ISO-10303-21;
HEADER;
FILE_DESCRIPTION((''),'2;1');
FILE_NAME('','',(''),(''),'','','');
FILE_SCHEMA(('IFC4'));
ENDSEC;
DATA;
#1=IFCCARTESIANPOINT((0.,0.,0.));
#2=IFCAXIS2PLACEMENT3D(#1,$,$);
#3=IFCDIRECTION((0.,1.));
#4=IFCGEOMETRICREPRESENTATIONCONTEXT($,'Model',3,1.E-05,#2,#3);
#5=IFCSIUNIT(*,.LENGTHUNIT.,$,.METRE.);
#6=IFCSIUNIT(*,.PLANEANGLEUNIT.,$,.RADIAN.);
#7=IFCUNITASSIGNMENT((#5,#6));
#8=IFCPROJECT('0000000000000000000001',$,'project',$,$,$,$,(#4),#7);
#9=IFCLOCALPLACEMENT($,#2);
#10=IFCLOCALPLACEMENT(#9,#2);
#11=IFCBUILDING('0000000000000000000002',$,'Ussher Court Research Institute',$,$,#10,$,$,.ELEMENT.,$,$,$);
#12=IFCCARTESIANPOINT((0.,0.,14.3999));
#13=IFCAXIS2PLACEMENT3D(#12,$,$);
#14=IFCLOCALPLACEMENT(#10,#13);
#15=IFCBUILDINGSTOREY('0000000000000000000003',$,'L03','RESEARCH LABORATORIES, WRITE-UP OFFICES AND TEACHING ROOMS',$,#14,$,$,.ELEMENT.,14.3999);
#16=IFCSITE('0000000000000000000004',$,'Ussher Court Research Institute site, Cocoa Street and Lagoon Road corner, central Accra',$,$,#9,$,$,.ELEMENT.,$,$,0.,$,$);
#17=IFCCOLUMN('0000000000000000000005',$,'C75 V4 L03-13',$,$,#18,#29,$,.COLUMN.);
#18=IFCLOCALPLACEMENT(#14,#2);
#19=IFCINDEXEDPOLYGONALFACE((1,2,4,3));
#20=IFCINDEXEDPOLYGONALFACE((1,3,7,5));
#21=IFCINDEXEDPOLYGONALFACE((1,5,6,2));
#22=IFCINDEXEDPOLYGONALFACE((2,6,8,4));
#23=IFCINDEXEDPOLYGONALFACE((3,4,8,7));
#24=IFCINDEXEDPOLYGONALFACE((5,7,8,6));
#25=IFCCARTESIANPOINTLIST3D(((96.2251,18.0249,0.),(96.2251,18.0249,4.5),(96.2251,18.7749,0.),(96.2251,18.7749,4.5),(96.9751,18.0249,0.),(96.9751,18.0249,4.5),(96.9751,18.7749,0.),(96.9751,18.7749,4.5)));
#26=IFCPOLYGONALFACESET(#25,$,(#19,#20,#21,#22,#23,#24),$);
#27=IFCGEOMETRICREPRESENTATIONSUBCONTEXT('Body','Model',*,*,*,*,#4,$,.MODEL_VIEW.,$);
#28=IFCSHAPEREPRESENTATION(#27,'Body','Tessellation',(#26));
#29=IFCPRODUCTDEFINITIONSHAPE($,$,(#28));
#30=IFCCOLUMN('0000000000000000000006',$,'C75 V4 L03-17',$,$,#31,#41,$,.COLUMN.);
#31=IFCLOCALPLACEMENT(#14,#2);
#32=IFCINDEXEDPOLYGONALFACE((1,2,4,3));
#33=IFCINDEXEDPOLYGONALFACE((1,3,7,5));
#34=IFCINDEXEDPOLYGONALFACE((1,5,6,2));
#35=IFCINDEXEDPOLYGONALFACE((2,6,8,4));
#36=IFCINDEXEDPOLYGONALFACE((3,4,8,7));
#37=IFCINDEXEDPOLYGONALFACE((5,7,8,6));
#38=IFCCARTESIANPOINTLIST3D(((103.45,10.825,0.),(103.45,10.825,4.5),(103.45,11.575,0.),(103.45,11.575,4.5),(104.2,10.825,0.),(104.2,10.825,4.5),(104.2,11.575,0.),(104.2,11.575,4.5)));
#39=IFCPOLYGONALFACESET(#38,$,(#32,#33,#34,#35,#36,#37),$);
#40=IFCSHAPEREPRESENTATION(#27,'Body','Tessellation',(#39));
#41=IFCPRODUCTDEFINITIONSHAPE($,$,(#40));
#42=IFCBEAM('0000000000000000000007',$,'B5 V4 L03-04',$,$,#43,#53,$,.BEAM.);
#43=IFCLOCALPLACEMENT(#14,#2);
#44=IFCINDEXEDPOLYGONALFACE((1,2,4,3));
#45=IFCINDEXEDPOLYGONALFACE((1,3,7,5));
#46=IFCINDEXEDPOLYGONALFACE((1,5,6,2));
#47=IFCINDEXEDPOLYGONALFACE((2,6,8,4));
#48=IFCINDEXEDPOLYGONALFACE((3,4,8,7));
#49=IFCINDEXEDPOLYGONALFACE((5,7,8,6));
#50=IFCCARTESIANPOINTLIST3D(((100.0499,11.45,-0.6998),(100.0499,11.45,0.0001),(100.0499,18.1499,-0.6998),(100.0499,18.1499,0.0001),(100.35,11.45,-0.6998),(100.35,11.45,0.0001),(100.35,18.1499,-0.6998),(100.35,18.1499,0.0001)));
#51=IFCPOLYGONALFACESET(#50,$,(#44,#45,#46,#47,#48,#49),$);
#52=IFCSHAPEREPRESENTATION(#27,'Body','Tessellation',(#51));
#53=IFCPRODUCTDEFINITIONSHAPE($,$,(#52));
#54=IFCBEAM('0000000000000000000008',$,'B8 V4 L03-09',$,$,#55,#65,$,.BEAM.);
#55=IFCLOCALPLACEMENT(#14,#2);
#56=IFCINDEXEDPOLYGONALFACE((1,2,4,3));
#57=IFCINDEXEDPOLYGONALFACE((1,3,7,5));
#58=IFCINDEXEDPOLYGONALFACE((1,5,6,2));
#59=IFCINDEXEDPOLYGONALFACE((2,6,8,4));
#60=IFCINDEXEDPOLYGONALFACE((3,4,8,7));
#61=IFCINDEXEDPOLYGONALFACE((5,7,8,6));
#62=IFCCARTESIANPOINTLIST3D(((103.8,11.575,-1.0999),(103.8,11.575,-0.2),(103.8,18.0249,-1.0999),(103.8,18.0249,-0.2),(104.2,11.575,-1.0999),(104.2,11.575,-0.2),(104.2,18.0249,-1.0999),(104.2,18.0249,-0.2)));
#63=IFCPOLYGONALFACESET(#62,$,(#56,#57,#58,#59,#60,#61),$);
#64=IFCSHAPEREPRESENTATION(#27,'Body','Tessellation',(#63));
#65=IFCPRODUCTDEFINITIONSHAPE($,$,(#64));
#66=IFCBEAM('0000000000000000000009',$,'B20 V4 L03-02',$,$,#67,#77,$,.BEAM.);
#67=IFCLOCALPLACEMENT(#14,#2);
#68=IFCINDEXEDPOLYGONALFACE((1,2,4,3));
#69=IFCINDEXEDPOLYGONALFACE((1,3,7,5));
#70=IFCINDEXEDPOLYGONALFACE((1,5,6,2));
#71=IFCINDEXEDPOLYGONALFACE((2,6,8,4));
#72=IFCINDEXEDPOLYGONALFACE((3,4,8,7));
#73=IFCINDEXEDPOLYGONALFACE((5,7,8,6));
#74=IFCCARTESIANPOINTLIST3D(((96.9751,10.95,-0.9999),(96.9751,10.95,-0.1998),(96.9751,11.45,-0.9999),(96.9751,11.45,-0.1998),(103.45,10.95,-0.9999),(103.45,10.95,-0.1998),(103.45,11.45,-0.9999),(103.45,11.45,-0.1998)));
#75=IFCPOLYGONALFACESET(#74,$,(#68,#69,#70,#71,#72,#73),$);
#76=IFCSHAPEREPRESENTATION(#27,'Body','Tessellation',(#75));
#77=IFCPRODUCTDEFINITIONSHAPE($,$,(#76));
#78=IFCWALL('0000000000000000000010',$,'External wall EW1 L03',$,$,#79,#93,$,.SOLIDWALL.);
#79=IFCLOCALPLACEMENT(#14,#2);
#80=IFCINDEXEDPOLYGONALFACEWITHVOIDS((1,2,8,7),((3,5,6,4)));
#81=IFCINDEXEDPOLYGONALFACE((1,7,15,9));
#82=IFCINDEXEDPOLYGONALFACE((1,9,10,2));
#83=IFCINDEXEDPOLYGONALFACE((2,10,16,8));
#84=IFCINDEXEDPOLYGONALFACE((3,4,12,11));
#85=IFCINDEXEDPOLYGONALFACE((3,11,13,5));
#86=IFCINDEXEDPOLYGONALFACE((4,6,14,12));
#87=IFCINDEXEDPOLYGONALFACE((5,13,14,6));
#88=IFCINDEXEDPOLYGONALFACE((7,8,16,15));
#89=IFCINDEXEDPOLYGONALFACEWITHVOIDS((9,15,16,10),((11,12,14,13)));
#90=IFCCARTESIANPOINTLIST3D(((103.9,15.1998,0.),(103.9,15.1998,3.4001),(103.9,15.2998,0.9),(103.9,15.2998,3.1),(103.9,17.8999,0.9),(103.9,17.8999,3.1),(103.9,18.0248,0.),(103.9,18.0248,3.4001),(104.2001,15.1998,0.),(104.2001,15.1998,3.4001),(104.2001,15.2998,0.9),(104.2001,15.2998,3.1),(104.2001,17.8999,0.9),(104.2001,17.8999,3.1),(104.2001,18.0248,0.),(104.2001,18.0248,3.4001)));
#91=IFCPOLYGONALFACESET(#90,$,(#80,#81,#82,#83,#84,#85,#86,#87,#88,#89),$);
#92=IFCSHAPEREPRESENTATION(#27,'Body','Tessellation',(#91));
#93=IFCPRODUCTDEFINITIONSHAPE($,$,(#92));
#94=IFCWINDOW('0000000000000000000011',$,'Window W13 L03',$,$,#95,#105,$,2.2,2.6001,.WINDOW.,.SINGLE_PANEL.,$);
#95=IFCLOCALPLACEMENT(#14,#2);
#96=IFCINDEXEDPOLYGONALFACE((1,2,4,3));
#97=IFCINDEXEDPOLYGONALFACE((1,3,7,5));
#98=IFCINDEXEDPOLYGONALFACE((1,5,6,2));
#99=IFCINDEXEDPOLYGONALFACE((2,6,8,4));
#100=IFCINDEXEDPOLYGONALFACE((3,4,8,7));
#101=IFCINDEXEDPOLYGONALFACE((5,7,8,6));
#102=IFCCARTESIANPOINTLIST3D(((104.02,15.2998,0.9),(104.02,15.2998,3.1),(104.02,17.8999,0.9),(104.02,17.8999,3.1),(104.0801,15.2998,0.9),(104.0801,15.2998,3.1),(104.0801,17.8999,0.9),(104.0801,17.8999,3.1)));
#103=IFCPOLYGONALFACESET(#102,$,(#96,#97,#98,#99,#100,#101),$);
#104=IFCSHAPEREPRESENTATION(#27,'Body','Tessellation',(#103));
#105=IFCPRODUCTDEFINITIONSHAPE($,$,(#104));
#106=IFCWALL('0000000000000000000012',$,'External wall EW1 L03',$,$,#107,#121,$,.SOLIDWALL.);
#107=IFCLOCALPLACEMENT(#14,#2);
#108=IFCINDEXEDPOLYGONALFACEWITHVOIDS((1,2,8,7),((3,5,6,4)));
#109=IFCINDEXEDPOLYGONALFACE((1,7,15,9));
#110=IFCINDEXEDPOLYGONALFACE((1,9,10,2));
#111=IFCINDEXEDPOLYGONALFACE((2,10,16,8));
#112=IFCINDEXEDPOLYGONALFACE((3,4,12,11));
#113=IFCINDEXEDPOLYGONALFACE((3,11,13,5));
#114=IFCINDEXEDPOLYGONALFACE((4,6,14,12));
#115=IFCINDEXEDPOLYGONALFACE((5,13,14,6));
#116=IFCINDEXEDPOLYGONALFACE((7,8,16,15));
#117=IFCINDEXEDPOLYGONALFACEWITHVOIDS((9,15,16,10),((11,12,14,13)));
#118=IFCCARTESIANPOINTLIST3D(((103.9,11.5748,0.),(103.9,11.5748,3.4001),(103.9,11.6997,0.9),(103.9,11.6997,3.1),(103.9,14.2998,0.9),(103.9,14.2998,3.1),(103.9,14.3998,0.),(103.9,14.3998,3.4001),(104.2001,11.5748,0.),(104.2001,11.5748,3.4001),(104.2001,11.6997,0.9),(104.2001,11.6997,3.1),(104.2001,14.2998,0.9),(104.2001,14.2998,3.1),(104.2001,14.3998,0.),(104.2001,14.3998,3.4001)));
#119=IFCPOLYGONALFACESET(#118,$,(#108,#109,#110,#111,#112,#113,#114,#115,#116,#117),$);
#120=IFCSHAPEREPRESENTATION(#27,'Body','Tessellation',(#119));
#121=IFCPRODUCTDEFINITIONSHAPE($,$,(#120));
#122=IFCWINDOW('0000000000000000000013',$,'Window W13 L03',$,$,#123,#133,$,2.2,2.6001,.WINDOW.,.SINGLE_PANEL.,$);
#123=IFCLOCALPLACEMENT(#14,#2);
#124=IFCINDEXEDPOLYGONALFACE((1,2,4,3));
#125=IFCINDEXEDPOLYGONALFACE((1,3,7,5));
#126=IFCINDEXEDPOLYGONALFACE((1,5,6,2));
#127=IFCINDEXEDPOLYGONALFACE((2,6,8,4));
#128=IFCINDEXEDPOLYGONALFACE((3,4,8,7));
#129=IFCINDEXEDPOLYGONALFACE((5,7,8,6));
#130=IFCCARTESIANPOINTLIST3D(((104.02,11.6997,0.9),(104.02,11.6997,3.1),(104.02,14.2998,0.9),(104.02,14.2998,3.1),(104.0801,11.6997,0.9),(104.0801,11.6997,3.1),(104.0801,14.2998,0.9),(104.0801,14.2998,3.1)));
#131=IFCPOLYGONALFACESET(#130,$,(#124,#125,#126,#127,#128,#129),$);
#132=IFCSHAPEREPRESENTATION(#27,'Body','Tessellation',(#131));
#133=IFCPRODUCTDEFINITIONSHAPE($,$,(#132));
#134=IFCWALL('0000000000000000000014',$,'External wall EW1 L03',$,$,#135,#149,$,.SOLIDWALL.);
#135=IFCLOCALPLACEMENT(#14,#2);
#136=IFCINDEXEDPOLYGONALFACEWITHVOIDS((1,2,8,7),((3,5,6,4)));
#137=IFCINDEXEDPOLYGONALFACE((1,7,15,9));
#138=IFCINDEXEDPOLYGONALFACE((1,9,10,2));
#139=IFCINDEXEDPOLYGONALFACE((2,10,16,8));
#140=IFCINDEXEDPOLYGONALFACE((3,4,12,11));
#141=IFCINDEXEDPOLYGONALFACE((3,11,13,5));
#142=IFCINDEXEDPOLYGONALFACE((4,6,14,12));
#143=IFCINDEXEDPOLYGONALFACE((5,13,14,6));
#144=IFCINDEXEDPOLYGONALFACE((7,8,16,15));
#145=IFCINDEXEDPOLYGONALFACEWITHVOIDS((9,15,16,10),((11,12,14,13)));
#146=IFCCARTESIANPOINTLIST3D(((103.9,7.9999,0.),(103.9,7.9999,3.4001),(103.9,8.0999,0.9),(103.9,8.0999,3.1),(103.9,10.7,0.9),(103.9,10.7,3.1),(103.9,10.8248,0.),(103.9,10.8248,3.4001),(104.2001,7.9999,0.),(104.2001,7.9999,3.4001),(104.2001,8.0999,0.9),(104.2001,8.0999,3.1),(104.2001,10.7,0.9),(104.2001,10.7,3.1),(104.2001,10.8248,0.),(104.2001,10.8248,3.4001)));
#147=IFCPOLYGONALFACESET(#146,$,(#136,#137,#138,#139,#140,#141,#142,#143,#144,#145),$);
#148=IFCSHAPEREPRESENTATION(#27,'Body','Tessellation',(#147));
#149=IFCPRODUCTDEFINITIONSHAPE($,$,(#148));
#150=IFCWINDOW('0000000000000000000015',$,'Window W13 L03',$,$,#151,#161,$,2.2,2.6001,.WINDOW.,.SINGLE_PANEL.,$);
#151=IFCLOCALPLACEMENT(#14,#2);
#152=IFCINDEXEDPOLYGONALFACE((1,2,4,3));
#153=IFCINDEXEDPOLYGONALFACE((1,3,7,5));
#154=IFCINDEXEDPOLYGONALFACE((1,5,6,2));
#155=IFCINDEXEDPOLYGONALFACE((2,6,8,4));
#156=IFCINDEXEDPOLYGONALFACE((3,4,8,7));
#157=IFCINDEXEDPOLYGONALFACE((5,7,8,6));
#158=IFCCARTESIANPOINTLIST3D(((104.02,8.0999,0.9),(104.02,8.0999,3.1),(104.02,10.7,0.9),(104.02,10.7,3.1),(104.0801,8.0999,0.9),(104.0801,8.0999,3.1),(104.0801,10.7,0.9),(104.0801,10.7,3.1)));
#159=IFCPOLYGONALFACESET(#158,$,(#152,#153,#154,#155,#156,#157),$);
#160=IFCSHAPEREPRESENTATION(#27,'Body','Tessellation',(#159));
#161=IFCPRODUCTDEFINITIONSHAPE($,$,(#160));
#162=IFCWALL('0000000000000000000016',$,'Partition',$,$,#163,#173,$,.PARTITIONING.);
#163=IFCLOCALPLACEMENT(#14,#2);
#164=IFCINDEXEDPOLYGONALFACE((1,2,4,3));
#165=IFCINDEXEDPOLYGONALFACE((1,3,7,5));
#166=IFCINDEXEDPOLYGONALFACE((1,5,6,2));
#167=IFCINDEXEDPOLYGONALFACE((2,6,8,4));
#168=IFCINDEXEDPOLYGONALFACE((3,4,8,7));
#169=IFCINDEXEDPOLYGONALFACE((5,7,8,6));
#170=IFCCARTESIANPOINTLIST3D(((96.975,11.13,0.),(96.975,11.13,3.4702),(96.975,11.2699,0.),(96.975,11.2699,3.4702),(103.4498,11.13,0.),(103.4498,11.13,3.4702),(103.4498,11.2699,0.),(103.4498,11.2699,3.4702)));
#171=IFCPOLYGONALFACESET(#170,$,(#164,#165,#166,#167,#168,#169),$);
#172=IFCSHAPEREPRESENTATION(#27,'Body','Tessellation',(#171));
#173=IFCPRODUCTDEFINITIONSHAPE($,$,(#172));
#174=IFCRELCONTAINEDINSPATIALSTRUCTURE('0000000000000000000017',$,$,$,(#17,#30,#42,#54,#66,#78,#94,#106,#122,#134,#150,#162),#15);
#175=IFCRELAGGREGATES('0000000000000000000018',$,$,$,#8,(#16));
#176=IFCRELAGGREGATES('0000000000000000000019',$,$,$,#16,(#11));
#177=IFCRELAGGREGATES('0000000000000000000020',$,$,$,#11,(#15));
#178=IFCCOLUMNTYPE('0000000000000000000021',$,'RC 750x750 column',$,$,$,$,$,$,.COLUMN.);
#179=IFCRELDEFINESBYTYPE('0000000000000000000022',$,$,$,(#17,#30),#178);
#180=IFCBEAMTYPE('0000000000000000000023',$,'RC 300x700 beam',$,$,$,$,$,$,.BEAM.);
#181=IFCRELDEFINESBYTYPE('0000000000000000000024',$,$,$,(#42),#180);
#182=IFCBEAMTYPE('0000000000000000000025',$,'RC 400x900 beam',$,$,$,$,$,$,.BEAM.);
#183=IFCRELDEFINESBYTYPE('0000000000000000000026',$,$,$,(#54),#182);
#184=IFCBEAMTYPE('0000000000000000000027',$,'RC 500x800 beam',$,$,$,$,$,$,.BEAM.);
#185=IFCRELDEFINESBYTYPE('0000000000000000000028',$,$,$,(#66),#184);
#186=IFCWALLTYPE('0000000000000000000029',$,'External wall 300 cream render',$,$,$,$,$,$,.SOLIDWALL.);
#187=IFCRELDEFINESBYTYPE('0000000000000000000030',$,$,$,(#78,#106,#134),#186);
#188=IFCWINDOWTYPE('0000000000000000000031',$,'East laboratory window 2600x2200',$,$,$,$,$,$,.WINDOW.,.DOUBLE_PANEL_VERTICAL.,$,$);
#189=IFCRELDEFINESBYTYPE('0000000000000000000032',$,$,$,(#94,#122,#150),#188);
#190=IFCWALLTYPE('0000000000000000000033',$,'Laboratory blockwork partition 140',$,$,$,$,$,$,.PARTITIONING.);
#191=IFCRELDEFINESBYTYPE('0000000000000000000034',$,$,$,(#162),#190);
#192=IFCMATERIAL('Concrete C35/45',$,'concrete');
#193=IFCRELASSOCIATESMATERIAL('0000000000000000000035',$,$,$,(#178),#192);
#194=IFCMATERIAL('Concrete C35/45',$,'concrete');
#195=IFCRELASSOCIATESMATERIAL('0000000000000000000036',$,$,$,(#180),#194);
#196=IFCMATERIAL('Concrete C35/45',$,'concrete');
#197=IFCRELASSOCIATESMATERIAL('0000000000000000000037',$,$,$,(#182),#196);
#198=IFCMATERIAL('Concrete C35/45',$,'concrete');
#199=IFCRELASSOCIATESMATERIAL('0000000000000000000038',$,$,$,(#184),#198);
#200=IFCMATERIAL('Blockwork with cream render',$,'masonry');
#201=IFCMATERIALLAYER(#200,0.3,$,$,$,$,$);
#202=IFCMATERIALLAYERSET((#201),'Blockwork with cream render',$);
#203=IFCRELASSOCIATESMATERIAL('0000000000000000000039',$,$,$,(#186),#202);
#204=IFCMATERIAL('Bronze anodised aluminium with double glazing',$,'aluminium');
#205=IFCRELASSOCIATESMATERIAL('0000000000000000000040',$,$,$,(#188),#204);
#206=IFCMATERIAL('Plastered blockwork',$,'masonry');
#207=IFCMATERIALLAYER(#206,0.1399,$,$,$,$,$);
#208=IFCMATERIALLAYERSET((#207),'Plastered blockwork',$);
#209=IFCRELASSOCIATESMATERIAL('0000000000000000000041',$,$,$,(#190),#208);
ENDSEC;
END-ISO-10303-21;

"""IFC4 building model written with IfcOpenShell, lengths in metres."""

from ifc_helpers import new_model, si_unit, direction, frame, frame_2d, origin, origin_2d, place, context, subcontext, project, spatial, rectangle, extrude, material, layer, layer_set, material_profile, profile_set, type_object, element, fill, save


model = new_model("IFC4")

# Units and contexts
model_context = context("Model", 3, precision=1e-05, world=origin(), true_north=direction((0.0, 1.0)))
body_context = subcontext(model_context, "Body", "Model", "MODEL_VIEW")
ifc_project = project(units=[si_unit("LENGTHUNIT", "METRE"), si_unit("PLANEANGLEUNIT", "RADIAN")], contexts=[model_context])

# Site, building, storey
site_placement = place(None, origin())
site = spatial("IfcSite", under=ifc_project, at=site_placement, Name="Ussher Court Research Institute site, Cocoa Street and Lagoon Road corner, central Accra", CompositionType="ELEMENT", RefElevation=0.0)
building_placement = place(site_placement, origin())
building = spatial("IfcBuilding", under=site, at=building_placement, Name="Ussher Court Research Institute", CompositionType="ELEMENT")
storey_placement = place(building_placement, frame((0.0, 0.0, 14.3999)))
storey = spatial("IfcBuildingStorey", under=building, at=storey_placement, Name="L03", Description="RESEARCH LABORATORIES, WRITE-UP OFFICES AND TEACHING ROOMS", CompositionType="ELEMENT", Elevation=14.3999)

# Columns
ifc_material_1 = material(Name="Concrete C35/45", Category="concrete")
ifc_material_profile_1 = material_profile(ifc_material_1, rectangle(XDim=0.75, YDim=0.75, at=origin_2d()), Name="RC 750x750")
ifc_profile_set_1 = profile_set([ifc_material_profile_1], Name="Concrete C35/45")
column_type = type_object("IfcColumnType", Name="RC 750x750 column", PredefinedType="COLUMN", material=ifc_profile_set_1)
for number, where, z_axis, x_axis, name in (
    (1, (96.6001, 18.3999, 0.0), (0.0, 0.0, 1.0), (1.0, 0.0, 0.0), "C75 V4 L03-13"),
    (2, (103.825, 11.2, 0.0), (0.0, 0.0, 1.0), (1.0, 0.0, 0.0), "C75 V4 L03-17"),
):
    element("IfcColumn", number, at=place(storey_placement, frame(where, z_axis=z_axis, x_axis=x_axis)), inside=storey, type_object=column_type, Name=name, PredefinedType="COLUMN", context=body_context, shape_type="SweptSolid", body=[
        extrude(rectangle(XDim=0.75, YDim=0.75, at=origin_2d()), origin(), (0.0, 0.0, 1.0), 4.5),
    ])

# Beams
ifc_material_2 = material(Name="Concrete C35/45", Category="concrete")
ifc_material_profile_2 = material_profile(ifc_material_2, rectangle(XDim=0.3, YDim=0.7, at=origin_2d()), Name="RC 300x700")
ifc_profile_set_2 = profile_set([ifc_material_profile_2], Name="Concrete C35/45")
beam_type_1 = type_object("IfcBeamType", Name="RC 300x700 beam", PredefinedType="BEAM", material=ifc_profile_set_2)
beam_1_placement = place(storey_placement, frame((100.2, 11.45, -0.3499), z_axis=(0.0, 1.0, 0.0), x_axis=(-1.0, 0.0, 0.0)))
element("IfcBeam", 3, at=beam_1_placement, inside=storey, type_object=beam_type_1, Name="B5 V4 L03-04", PredefinedType="BEAM", context=body_context, shape_type="SweptSolid", body=[
    extrude(rectangle(XDim=0.3, YDim=0.7, at=origin_2d()), origin(), (0.0, 0.0, 1.0), 6.7),
])
ifc_material_3 = material(Name="Concrete C35/45", Category="concrete")
ifc_material_profile_3 = material_profile(ifc_material_3, rectangle(XDim=0.3999, YDim=0.8999, at=origin_2d()), Name="RC 400x900")
ifc_profile_set_3 = profile_set([ifc_material_profile_3], Name="Concrete C35/45")
beam_type_2 = type_object("IfcBeamType", Name="RC 400x900 beam", PredefinedType="BEAM", material=ifc_profile_set_3)
beam_2_placement = place(storey_placement, frame((104.0, 11.575, -0.6499), z_axis=(0.0, 1.0, 0.0), x_axis=(-1.0, 0.0, 0.0)))
element("IfcBeam", 4, at=beam_2_placement, inside=storey, type_object=beam_type_2, Name="B8 V4 L03-09", PredefinedType="BEAM", context=body_context, shape_type="SweptSolid", body=[
    extrude(rectangle(XDim=0.3999, YDim=0.8999, at=origin_2d()), origin(), (0.0, 0.0, 1.0), 6.45),
])
ifc_material_4 = material(Name="Concrete C35/45", Category="concrete")
ifc_material_profile_4 = material_profile(ifc_material_4, rectangle(XDim=0.5, YDim=0.8, at=origin_2d()), Name="RC 500x800")
ifc_profile_set_4 = profile_set([ifc_material_profile_4], Name="Concrete C35/45")
beam_type_3 = type_object("IfcBeamType", Name="RC 500x800 beam", PredefinedType="BEAM", material=ifc_profile_set_4)
beam_3_placement = place(storey_placement, frame((96.9751, 11.2, -0.5999), z_axis=(1.0, 0.0, 0.0), x_axis=(0.0, 1.0, 0.0)))
element("IfcBeam", 5, at=beam_3_placement, inside=storey, type_object=beam_type_3, Name="B20 V4 L03-02", PredefinedType="BEAM", context=body_context, shape_type="SweptSolid", body=[
    extrude(rectangle(XDim=0.5, YDim=0.8, at=origin_2d()), origin(), (0.0, 0.0, 1.0), 6.4749),
])

# Walls, openings, windows
ifc_material_5 = material(Name="Blockwork with cream render", Category="masonry")
ifc_layer_1 = layer(ifc_material_5, 0.3)
ifc_layer_set_1 = layer_set([ifc_layer_1], Name="Blockwork with cream render")
wall_type_1 = type_object("IfcWallType", Name="External wall 300 cream render", PredefinedType="SOLIDWALL", material=ifc_layer_set_1)
wall_1_placement = place(storey_placement, frame((104.05, 18.0249, 0.0), z_axis=(0.0, 0.0, 1.0), x_axis=(0.0, -1.0, 0.0)))
wall_1 = element("IfcWall", 6, at=wall_1_placement, inside=storey, type_object=wall_type_1, Name="External wall EW1 L03", PredefinedType="SOLIDWALL", context=body_context, shape_type="SweptSolid", body=[
    extrude(rectangle(XDim=2.825, YDim=0.3, at=frame_2d((1.4126, 0.0))), origin(), (0.0, 0.0, 1.0), 3.4001),
])
opening_1_placement = place(wall_1_placement, frame((0.125, 0.0, 0.8999)))
opening_1 = element("IfcOpeningElement", 7, at=opening_1_placement, cuts=wall_1, PredefinedType="OPENING", context=body_context, shape_type="SweptSolid", body=[
    extrude(rectangle(XDim=2.6001, YDim=2.2, at=frame_2d((1.3, 1.1001))), frame((0.0, 0.1602, 0.0), z_axis=(0.0, -1.0, 0.0), x_axis=(1.0, 0.0, 0.0)), (0.0, 0.0, 1.0), 0.3201),
])
ifc_material_6 = material(Name="Bronze anodised aluminium with double glazing", Category="aluminium")
window_type = type_object("IfcWindowType", Name="East laboratory window 2600x2200", PartitioningType="DOUBLE_PANEL_VERTICAL", PredefinedType="WINDOW", material=ifc_material_6)
window_1_placement = place(opening_1_placement, origin())
window_1 = element("IfcWindow", 8, at=window_1_placement, inside=storey, type_object=window_type, Name="Window W13 L03", OverallHeight=2.2, OverallWidth=2.6001, PartitioningType="SINGLE_PANEL", PredefinedType="WINDOW", context=body_context, shape_type="SweptSolid", body=[
    extrude(rectangle(XDim=2.6001, YDim=2.2, at=frame_2d((1.3, 1.1001))), frame((0.0, 0.03, 0.0), z_axis=(0.0, -1.0, 0.0), x_axis=(1.0, 0.0, 0.0)), (0.0, 0.0, 1.0), 0.0601),
])
fill(opening_1, window_1)
wall_2_placement = place(storey_placement, frame((104.05, 14.3999, 0.0), z_axis=(0.0, 0.0, 1.0), x_axis=(0.0, -1.0, 0.0)))
wall_2 = element("IfcWall", 9, at=wall_2_placement, inside=storey, type_object=wall_type_1, Name="External wall EW1 L03", PredefinedType="SOLIDWALL", context=body_context, shape_type="SweptSolid", body=[
    extrude(rectangle(XDim=2.825, YDim=0.3, at=frame_2d((1.4126, 0.0))), origin(), (0.0, 0.0, 1.0), 3.4001),
])
opening_2_placement = place(wall_2_placement, frame((0.1001, 0.0, 0.8999)))
opening_2 = element("IfcOpeningElement", 10, at=opening_2_placement, cuts=wall_2, PredefinedType="OPENING", context=body_context, shape_type="SweptSolid", body=[
    extrude(rectangle(XDim=2.6001, YDim=2.2, at=frame_2d((1.3, 1.1001))), frame((0.0, 0.1602, 0.0), z_axis=(0.0, -1.0, 0.0), x_axis=(1.0, 0.0, 0.0)), (0.0, 0.0, 1.0), 0.3201),
])
window_2_placement = place(opening_2_placement, origin())
window_2 = element("IfcWindow", 11, at=window_2_placement, inside=storey, type_object=window_type, Name="Window W13 L03", OverallHeight=2.2, OverallWidth=2.6001, PartitioningType="SINGLE_PANEL", PredefinedType="WINDOW", context=body_context, shape_type="SweptSolid", body=[
    extrude(rectangle(XDim=2.6001, YDim=2.2, at=frame_2d((1.3, 1.1001))), frame((0.0, 0.03, 0.0), z_axis=(0.0, -1.0, 0.0), x_axis=(1.0, 0.0, 0.0)), (0.0, 0.0, 1.0), 0.0601),
])
fill(opening_2, window_2)
wall_3_placement = place(storey_placement, frame((104.05, 10.825, 0.0), z_axis=(0.0, 0.0, 1.0), x_axis=(0.0, -1.0, 0.0)))
wall_3 = element("IfcWall", 12, at=wall_3_placement, inside=storey, type_object=wall_type_1, Name="External wall EW1 L03", PredefinedType="SOLIDWALL", context=body_context, shape_type="SweptSolid", body=[
    extrude(rectangle(XDim=2.825, YDim=0.3, at=frame_2d((1.4126, 0.0))), origin(), (0.0, 0.0, 1.0), 3.4001),
])
opening_3_placement = place(wall_3_placement, frame((0.125, 0.0, 0.8999)))
opening_3 = element("IfcOpeningElement", 13, at=opening_3_placement, cuts=wall_3, PredefinedType="OPENING", context=body_context, shape_type="SweptSolid", body=[
    extrude(rectangle(XDim=2.6001, YDim=2.2, at=frame_2d((1.3, 1.1001))), frame((0.0, 0.1602, 0.0), z_axis=(0.0, -1.0, 0.0), x_axis=(1.0, 0.0, 0.0)), (0.0, 0.0, 1.0), 0.3201),
])
window_3_placement = place(opening_3_placement, origin())
window_3 = element("IfcWindow", 14, at=window_3_placement, inside=storey, type_object=window_type, Name="Window W13 L03", OverallHeight=2.2, OverallWidth=2.6001, PartitioningType="SINGLE_PANEL", PredefinedType="WINDOW", context=body_context, shape_type="SweptSolid", body=[
    extrude(rectangle(XDim=2.6001, YDim=2.2, at=frame_2d((1.3, 1.1001))), frame((0.0, 0.03, 0.0), z_axis=(0.0, -1.0, 0.0), x_axis=(1.0, 0.0, 0.0)), (0.0, 0.0, 1.0), 0.0601),
])
fill(opening_3, window_3)

# Wall
ifc_material_7 = material(Name="Plastered blockwork", Category="masonry")
ifc_layer_2 = layer(ifc_material_7, 0.1399)
ifc_layer_set_2 = layer_set([ifc_layer_2], Name="Plastered blockwork")
wall_type_2 = type_object("IfcWallType", Name="Laboratory blockwork partition 140", PredefinedType="PARTITIONING", material=ifc_layer_set_2)
wall_4_placement = place(storey_placement, frame((96.9751, 11.2, 0.0), z_axis=(0.0, 0.0, 1.0), x_axis=(1.0, 0.0, 0.0)))
element("IfcWall", 15, at=wall_4_placement, inside=storey, type_object=wall_type_2, Name="Partition", PredefinedType="PARTITIONING", context=body_context, shape_type="SweptSolid", body=[
    extrude(rectangle(XDim=6.4749, YDim=0.1399, at=frame_2d((3.2373, 0.0))), origin(), (0.0, 0.0, 1.0), 3.4702),
])

save(model, "model.ifc")
